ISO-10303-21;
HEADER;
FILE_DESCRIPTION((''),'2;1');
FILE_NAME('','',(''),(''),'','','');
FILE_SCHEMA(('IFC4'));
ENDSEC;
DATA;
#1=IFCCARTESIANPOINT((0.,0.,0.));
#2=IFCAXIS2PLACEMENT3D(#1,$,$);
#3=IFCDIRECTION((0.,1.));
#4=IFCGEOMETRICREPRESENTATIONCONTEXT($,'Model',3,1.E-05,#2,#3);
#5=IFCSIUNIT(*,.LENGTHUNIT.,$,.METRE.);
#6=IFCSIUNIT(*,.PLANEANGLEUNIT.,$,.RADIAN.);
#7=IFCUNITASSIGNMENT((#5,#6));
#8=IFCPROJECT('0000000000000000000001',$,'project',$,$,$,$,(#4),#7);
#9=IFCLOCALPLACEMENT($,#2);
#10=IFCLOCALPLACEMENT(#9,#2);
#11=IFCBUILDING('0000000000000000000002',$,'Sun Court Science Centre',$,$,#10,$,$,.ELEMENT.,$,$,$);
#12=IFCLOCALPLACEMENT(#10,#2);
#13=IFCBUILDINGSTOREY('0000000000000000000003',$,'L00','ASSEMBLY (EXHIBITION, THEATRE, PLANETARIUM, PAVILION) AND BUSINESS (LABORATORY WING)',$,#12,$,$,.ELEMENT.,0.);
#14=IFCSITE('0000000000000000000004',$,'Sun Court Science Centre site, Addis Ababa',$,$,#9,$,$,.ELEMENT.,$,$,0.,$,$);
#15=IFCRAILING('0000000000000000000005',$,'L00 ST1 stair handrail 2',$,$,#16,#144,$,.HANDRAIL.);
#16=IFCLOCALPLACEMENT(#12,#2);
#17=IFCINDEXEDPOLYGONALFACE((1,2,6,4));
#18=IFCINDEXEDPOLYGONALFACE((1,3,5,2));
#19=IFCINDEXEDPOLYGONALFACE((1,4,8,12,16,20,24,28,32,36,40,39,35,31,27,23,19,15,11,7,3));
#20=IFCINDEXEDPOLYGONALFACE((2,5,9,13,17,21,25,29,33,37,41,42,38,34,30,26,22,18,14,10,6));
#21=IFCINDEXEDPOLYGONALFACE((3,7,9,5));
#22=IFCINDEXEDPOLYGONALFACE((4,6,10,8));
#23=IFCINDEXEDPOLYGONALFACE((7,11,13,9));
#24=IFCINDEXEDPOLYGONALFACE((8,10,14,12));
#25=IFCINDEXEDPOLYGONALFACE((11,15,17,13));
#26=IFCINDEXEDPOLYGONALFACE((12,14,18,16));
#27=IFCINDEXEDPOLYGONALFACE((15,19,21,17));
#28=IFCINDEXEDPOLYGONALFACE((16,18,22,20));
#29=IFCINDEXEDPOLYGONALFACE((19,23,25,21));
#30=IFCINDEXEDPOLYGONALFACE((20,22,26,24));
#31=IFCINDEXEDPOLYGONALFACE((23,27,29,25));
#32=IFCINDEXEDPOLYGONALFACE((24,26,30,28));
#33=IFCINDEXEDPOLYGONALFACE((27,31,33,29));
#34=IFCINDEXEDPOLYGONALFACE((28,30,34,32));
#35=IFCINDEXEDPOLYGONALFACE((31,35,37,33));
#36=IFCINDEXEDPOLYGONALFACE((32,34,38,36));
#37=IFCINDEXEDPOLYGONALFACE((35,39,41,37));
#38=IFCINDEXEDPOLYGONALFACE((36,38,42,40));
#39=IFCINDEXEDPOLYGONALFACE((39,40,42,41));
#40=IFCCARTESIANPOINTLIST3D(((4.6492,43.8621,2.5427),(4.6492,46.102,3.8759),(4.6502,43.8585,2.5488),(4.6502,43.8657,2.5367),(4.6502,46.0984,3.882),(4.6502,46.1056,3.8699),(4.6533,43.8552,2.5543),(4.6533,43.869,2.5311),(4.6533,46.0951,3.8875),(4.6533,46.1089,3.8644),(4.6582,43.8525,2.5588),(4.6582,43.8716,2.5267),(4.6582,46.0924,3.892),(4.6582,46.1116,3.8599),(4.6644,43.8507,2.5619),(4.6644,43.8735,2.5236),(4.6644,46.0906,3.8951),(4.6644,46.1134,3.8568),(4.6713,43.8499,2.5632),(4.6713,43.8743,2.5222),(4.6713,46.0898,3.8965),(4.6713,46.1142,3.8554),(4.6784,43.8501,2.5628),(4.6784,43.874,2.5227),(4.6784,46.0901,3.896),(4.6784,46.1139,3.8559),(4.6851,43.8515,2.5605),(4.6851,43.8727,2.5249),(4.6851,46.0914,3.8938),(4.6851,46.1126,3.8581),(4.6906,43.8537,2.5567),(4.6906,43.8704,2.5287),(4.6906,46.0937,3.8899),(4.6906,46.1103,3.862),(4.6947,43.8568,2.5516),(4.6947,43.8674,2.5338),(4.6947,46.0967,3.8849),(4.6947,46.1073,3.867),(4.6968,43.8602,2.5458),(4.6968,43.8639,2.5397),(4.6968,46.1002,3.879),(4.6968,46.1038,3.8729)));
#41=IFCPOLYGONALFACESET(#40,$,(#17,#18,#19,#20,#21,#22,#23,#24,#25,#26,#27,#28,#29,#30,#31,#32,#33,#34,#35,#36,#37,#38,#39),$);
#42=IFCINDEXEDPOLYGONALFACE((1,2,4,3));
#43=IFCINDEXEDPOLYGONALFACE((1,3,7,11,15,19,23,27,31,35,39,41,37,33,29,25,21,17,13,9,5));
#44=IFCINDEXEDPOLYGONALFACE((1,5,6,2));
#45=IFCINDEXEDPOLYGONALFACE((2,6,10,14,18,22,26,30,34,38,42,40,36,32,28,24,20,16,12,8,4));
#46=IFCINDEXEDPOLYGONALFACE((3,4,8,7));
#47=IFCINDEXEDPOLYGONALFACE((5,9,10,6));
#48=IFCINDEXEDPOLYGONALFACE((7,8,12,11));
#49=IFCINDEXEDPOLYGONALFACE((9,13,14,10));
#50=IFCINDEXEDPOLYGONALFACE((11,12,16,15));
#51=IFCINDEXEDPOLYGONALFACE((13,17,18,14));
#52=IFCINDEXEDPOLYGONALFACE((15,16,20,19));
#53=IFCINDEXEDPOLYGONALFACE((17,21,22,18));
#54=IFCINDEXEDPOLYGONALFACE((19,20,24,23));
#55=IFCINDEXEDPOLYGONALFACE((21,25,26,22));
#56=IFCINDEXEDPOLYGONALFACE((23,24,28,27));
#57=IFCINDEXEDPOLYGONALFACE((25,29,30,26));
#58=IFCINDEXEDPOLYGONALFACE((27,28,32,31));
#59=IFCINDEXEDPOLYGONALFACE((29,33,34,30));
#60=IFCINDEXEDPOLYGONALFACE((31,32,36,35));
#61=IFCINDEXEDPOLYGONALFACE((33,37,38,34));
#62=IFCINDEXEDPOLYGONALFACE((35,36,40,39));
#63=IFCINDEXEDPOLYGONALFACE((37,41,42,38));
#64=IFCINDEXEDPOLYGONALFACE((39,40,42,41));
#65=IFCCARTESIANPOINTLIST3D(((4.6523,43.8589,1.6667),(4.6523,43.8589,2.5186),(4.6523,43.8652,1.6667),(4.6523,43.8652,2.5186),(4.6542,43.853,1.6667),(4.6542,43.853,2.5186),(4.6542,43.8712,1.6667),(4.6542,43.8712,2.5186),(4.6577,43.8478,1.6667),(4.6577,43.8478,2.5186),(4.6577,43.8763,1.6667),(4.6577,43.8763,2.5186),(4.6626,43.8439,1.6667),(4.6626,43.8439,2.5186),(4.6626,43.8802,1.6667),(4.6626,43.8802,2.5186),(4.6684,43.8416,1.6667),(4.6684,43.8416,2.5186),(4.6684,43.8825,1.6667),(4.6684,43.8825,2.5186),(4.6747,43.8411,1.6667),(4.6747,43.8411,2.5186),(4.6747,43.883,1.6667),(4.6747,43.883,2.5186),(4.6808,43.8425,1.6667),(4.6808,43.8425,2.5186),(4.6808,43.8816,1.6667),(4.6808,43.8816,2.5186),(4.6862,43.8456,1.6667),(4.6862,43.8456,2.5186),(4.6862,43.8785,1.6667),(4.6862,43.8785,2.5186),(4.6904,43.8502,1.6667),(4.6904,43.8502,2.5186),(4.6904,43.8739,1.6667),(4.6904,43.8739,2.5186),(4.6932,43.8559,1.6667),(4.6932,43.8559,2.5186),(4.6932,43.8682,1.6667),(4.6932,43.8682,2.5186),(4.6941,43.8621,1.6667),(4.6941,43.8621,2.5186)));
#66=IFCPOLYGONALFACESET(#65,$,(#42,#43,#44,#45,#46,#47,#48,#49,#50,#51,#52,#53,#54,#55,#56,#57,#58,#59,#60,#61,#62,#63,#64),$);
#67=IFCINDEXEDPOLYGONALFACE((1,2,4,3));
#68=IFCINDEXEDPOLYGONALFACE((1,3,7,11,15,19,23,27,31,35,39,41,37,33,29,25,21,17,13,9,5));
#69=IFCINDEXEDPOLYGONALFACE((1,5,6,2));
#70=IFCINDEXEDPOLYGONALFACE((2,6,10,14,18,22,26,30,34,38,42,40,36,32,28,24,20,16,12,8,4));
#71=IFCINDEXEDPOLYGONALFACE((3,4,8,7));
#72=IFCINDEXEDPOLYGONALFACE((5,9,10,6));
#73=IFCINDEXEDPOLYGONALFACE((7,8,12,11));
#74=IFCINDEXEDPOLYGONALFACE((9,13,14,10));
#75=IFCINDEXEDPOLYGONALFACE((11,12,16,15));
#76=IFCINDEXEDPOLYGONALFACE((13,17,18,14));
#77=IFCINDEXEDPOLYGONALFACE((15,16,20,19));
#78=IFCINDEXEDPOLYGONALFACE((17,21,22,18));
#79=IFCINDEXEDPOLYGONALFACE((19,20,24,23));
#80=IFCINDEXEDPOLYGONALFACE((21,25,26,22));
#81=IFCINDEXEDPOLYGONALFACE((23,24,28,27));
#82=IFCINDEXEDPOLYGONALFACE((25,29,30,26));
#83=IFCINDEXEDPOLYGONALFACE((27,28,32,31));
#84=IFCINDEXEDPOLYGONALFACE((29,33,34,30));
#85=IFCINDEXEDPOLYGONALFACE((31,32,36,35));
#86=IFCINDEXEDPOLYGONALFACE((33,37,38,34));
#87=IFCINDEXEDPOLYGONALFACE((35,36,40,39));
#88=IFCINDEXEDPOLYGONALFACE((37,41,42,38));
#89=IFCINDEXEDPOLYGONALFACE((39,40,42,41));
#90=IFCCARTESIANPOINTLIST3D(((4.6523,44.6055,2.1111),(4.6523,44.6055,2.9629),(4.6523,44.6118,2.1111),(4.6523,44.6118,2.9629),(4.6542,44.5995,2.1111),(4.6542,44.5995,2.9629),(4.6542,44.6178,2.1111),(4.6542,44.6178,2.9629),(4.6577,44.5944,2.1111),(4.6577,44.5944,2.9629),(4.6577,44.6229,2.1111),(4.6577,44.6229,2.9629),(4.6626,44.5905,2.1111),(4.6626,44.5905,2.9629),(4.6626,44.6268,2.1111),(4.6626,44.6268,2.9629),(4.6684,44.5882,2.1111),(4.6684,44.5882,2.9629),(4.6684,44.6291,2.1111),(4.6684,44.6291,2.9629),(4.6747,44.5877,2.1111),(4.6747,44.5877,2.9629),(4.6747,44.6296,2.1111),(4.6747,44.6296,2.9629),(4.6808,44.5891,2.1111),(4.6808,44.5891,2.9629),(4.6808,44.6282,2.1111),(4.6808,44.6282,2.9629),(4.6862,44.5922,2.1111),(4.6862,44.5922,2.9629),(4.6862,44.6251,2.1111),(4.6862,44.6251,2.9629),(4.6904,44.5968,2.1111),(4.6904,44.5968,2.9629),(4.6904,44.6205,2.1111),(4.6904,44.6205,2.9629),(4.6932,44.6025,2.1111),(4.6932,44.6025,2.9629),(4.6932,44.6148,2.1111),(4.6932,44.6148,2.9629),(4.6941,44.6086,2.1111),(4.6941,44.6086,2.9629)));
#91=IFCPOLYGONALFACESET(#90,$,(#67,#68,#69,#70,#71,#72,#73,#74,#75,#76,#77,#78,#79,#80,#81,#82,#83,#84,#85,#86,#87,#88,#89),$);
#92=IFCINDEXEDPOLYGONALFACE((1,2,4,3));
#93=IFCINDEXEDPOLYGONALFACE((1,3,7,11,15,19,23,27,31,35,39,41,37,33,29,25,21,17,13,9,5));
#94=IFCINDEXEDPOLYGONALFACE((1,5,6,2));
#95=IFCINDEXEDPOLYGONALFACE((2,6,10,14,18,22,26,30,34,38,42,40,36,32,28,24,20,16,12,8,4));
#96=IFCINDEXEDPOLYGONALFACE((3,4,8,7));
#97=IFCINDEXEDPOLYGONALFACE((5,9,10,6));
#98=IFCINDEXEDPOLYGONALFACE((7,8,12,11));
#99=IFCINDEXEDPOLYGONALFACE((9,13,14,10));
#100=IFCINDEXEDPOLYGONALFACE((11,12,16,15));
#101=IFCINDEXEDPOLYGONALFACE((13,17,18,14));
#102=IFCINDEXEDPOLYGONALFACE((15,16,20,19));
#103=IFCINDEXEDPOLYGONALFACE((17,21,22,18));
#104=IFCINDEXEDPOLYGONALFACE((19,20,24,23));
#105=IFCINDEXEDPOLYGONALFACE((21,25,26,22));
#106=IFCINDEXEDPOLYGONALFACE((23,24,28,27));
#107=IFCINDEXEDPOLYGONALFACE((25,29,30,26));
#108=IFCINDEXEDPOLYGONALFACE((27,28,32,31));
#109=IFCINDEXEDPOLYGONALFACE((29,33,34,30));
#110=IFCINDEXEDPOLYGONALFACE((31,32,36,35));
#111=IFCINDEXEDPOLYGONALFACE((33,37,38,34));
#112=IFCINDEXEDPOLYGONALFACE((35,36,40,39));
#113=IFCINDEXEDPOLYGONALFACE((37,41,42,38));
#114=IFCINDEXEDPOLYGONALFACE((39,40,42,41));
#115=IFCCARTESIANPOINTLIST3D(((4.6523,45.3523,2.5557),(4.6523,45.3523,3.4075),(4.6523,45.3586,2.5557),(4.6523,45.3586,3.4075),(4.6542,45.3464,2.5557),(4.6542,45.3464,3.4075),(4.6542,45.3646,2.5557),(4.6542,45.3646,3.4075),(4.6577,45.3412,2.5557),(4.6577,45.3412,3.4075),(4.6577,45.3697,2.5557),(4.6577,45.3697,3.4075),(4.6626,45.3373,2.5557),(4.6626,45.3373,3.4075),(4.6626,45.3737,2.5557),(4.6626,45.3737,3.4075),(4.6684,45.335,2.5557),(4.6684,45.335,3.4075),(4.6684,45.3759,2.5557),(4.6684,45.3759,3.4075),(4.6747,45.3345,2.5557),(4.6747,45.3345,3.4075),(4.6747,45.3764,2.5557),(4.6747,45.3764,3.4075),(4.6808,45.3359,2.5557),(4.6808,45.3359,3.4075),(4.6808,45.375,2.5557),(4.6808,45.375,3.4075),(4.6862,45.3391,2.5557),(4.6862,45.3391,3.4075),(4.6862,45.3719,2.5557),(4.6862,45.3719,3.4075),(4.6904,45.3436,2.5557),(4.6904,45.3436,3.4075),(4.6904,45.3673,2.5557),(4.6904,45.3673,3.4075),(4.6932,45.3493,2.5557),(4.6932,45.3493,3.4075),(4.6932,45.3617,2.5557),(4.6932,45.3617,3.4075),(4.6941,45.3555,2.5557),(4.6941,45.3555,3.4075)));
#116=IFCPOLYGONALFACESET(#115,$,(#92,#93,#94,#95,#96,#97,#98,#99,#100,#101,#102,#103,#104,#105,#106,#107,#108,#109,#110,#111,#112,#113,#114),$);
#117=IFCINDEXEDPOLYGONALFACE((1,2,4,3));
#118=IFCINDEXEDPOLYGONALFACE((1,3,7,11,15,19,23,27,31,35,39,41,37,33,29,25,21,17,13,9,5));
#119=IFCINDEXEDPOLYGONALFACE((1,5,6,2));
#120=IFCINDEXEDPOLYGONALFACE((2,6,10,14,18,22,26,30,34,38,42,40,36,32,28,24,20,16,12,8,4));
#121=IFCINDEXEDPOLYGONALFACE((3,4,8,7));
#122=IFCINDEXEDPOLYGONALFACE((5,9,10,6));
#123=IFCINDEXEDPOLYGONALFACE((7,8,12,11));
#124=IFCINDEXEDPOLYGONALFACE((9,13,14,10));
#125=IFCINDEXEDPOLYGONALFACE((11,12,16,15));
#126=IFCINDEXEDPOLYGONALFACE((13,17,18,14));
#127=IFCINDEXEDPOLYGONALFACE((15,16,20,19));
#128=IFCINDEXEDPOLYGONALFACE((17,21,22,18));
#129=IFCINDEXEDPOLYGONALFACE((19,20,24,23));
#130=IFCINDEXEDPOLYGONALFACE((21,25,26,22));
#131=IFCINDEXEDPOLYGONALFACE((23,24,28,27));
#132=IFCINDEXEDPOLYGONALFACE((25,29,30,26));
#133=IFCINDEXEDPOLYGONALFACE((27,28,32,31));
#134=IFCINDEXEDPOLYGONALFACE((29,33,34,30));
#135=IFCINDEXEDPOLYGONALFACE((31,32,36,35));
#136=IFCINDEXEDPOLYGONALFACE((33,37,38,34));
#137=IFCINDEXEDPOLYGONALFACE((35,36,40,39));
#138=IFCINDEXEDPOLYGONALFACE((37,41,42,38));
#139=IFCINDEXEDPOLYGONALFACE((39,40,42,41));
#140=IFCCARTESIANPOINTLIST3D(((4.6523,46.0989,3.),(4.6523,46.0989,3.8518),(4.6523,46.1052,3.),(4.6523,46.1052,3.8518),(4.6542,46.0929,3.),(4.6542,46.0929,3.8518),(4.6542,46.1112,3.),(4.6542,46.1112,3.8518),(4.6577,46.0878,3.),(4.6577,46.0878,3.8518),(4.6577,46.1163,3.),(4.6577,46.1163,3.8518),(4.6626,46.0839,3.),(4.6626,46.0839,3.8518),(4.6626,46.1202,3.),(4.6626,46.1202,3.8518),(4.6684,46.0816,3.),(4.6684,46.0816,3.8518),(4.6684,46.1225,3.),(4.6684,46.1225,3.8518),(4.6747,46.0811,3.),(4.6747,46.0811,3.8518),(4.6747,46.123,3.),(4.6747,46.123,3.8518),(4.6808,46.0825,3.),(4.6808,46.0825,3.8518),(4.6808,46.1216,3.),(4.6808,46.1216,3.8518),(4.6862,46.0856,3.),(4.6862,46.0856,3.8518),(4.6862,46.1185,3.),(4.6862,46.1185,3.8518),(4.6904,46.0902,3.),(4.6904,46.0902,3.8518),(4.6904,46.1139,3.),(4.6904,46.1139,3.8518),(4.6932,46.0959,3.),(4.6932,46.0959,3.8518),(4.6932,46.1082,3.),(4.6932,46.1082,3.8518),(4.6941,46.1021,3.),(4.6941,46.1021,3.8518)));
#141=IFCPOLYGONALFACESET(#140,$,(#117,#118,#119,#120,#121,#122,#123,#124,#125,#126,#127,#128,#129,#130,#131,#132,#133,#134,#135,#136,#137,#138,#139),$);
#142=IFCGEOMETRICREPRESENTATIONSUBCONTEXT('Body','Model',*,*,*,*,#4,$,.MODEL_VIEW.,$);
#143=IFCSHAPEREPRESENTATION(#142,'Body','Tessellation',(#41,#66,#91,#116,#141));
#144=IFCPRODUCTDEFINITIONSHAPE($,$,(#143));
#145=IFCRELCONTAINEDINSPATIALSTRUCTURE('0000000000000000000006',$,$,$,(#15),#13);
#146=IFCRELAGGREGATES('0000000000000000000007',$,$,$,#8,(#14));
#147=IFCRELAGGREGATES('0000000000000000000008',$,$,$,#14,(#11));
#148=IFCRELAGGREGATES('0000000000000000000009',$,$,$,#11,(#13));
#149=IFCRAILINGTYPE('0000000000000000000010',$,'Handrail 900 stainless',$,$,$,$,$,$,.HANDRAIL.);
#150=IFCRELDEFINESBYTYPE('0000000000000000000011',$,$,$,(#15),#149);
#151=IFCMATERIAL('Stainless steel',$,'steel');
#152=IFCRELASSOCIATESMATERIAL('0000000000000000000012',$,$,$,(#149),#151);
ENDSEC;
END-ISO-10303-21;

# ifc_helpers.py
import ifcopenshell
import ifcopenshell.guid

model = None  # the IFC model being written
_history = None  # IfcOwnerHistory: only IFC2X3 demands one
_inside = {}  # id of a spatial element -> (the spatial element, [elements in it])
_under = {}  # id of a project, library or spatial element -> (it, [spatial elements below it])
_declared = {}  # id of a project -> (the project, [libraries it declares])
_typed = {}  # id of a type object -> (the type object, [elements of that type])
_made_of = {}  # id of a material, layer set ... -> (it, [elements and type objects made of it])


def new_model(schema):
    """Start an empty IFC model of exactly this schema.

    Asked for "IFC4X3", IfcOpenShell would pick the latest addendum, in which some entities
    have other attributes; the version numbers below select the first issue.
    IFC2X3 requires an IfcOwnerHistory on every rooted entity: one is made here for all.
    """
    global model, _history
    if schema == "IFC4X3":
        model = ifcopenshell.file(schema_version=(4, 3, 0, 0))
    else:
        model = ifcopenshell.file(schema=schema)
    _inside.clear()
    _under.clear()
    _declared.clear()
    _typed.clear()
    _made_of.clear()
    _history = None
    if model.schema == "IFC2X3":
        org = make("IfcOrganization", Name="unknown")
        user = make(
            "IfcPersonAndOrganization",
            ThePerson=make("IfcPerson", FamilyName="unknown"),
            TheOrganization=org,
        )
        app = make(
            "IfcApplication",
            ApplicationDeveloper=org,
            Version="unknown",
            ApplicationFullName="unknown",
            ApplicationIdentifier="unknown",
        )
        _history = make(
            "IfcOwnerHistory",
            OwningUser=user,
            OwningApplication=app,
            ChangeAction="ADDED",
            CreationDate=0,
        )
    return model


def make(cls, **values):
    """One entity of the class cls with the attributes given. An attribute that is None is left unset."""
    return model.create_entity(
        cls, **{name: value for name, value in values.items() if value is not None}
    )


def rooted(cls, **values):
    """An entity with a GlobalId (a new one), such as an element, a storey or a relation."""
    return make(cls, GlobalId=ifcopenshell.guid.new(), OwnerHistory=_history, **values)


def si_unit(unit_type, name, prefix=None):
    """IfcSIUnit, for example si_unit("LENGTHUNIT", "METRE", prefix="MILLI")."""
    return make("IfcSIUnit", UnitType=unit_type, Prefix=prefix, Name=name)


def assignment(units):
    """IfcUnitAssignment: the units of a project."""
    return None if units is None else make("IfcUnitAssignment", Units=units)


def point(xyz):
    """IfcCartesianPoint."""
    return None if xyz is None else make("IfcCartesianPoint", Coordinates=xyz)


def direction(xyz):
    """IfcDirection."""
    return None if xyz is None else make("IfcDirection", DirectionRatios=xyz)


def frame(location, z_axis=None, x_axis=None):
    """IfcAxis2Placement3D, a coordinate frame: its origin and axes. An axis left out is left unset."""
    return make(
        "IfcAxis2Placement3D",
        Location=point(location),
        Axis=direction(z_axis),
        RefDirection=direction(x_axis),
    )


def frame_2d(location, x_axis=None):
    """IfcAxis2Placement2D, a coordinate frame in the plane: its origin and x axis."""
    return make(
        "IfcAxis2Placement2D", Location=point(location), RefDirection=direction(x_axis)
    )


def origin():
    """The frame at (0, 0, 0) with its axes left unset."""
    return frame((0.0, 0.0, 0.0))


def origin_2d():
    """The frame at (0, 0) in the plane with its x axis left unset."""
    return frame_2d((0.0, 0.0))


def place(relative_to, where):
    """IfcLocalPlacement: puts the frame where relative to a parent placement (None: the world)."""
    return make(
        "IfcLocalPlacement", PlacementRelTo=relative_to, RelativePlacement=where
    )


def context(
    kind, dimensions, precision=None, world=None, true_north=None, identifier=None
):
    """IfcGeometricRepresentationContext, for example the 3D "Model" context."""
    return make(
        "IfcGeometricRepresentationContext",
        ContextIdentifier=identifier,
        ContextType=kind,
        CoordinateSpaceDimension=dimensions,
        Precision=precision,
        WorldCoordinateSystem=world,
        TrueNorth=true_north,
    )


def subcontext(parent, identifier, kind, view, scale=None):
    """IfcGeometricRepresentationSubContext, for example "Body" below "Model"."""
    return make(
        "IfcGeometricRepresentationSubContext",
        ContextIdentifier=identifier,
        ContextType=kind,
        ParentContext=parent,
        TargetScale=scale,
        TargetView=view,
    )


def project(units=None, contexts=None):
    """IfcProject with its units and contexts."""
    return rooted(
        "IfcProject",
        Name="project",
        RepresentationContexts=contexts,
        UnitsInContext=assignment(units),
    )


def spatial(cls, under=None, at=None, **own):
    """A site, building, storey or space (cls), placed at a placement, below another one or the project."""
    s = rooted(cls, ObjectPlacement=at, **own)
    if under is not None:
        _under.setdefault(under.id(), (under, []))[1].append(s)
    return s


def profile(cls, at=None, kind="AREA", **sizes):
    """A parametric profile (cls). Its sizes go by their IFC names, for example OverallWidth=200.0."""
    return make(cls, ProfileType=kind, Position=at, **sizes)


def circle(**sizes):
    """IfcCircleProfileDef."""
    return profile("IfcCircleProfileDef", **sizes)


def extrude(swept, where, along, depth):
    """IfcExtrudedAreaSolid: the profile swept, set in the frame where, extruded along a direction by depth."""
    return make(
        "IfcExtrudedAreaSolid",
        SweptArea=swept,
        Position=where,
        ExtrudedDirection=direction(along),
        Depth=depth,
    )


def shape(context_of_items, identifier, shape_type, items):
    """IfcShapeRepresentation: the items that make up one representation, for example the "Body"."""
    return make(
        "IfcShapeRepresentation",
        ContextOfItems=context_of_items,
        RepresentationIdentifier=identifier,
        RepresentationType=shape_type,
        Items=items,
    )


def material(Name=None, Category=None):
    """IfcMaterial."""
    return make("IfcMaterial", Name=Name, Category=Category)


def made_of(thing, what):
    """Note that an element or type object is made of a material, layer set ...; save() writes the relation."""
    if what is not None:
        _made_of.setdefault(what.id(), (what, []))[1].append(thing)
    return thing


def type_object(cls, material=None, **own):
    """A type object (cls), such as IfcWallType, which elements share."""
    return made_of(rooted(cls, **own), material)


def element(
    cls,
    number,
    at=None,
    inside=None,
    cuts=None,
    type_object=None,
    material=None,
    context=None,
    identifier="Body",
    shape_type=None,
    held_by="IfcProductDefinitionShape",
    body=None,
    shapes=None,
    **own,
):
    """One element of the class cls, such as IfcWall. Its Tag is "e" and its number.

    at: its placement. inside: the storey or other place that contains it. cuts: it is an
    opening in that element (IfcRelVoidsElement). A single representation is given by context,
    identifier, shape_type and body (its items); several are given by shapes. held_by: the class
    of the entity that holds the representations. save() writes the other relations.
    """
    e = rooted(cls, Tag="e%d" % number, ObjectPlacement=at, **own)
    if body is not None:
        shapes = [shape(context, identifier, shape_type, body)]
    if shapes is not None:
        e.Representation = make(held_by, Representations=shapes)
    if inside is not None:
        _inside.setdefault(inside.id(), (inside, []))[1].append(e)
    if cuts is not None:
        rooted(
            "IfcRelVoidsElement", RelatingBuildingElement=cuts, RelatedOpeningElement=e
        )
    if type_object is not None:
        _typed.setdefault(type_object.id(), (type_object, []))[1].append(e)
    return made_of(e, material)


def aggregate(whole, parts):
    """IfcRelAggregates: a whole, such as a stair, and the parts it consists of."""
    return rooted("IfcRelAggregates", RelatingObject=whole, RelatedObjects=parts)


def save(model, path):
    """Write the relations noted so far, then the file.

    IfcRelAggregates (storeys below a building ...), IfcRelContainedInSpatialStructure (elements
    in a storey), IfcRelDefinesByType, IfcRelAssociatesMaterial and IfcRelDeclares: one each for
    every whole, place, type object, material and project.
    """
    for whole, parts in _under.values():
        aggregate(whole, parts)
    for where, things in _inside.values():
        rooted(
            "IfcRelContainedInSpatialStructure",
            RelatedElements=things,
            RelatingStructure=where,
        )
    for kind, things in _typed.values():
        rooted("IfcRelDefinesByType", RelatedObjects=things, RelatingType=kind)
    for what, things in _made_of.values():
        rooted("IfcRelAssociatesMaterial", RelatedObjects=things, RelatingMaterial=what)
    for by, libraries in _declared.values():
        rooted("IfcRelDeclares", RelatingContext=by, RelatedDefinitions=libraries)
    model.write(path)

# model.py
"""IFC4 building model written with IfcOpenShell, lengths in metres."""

from ifc_helpers import new_model, si_unit, direction, frame, origin, origin_2d, place, context, subcontext, project, spatial, circle, extrude, material, type_object, element, save


model = new_model("IFC4")

# Units and contexts
model_context = context("Model", 3, precision=1e-05, world=origin(), true_north=direction((0.0, 1.0)))
body_context = subcontext(model_context, "Body", "Model", "MODEL_VIEW")
ifc_project = project(units=[si_unit("LENGTHUNIT", "METRE"), si_unit("PLANEANGLEUNIT", "RADIAN")], contexts=[model_context])

# Site, building, storey
site_placement = place(None, origin())
site = spatial("IfcSite", under=ifc_project, at=site_placement, Name="Sun Court Science Centre site, Addis Ababa", CompositionType="ELEMENT", RefElevation=0.0)
building_placement = place(site_placement, origin())
building = spatial("IfcBuilding", under=site, at=building_placement, Name="Sun Court Science Centre", CompositionType="ELEMENT")
storey_placement = place(building_placement, origin())
storey = spatial("IfcBuildingStorey", under=building, at=storey_placement, Name="L00", Description="ASSEMBLY (EXHIBITION, THEATRE, PLANETARIUM, PAVILION) AND BUSINESS (LABORATORY WING)", CompositionType="ELEMENT", Elevation=0.0)

# Railing
ifc_material_1 = material(Name="Stainless steel", Category="steel")
railing_type_1 = type_object("IfcRailingType", Name="Handrail 900 stainless", PredefinedType="HANDRAIL", material=ifc_material_1)
railing_1_placement = place(storey_placement, frame((4.6731, 43.8621, 1.6667)))
element("IfcRailing", 1, at=railing_1_placement, inside=storey, type_object=railing_type_1, Name="L00 ST1 stair handrail 2", PredefinedType="HANDRAIL", context=body_context, shape_type="SweptSolid", body=[
    extrude(circle(Radius=0.0239, at=origin_2d()), frame((0.0, 0.0, 0.876), z_axis=(0.0, 0.859306, 0.511462), x_axis=(-1.0, 0.0, 0.0)), (0.0, 0.0, 1.0), 2.6067),
    extrude(circle(Radius=0.021, at=origin_2d()), origin(), (0.0, 0.0, 1.0), 0.8518),
    extrude(circle(Radius=0.021, at=origin_2d()), frame((0.0, 0.7466, 0.4443)), (0.0, 0.0, 1.0), 0.8518),
    extrude(circle(Radius=0.021, at=origin_2d()), frame((0.0, 1.4934, 0.8889)), (0.0, 0.0, 1.0), 0.8518),
    extrude(circle(Radius=0.021, at=origin_2d()), frame((0.0, 2.24, 1.3333)), (0.0, 0.0, 1.0), 0.8518),
])

save(model, "model.ifc")
